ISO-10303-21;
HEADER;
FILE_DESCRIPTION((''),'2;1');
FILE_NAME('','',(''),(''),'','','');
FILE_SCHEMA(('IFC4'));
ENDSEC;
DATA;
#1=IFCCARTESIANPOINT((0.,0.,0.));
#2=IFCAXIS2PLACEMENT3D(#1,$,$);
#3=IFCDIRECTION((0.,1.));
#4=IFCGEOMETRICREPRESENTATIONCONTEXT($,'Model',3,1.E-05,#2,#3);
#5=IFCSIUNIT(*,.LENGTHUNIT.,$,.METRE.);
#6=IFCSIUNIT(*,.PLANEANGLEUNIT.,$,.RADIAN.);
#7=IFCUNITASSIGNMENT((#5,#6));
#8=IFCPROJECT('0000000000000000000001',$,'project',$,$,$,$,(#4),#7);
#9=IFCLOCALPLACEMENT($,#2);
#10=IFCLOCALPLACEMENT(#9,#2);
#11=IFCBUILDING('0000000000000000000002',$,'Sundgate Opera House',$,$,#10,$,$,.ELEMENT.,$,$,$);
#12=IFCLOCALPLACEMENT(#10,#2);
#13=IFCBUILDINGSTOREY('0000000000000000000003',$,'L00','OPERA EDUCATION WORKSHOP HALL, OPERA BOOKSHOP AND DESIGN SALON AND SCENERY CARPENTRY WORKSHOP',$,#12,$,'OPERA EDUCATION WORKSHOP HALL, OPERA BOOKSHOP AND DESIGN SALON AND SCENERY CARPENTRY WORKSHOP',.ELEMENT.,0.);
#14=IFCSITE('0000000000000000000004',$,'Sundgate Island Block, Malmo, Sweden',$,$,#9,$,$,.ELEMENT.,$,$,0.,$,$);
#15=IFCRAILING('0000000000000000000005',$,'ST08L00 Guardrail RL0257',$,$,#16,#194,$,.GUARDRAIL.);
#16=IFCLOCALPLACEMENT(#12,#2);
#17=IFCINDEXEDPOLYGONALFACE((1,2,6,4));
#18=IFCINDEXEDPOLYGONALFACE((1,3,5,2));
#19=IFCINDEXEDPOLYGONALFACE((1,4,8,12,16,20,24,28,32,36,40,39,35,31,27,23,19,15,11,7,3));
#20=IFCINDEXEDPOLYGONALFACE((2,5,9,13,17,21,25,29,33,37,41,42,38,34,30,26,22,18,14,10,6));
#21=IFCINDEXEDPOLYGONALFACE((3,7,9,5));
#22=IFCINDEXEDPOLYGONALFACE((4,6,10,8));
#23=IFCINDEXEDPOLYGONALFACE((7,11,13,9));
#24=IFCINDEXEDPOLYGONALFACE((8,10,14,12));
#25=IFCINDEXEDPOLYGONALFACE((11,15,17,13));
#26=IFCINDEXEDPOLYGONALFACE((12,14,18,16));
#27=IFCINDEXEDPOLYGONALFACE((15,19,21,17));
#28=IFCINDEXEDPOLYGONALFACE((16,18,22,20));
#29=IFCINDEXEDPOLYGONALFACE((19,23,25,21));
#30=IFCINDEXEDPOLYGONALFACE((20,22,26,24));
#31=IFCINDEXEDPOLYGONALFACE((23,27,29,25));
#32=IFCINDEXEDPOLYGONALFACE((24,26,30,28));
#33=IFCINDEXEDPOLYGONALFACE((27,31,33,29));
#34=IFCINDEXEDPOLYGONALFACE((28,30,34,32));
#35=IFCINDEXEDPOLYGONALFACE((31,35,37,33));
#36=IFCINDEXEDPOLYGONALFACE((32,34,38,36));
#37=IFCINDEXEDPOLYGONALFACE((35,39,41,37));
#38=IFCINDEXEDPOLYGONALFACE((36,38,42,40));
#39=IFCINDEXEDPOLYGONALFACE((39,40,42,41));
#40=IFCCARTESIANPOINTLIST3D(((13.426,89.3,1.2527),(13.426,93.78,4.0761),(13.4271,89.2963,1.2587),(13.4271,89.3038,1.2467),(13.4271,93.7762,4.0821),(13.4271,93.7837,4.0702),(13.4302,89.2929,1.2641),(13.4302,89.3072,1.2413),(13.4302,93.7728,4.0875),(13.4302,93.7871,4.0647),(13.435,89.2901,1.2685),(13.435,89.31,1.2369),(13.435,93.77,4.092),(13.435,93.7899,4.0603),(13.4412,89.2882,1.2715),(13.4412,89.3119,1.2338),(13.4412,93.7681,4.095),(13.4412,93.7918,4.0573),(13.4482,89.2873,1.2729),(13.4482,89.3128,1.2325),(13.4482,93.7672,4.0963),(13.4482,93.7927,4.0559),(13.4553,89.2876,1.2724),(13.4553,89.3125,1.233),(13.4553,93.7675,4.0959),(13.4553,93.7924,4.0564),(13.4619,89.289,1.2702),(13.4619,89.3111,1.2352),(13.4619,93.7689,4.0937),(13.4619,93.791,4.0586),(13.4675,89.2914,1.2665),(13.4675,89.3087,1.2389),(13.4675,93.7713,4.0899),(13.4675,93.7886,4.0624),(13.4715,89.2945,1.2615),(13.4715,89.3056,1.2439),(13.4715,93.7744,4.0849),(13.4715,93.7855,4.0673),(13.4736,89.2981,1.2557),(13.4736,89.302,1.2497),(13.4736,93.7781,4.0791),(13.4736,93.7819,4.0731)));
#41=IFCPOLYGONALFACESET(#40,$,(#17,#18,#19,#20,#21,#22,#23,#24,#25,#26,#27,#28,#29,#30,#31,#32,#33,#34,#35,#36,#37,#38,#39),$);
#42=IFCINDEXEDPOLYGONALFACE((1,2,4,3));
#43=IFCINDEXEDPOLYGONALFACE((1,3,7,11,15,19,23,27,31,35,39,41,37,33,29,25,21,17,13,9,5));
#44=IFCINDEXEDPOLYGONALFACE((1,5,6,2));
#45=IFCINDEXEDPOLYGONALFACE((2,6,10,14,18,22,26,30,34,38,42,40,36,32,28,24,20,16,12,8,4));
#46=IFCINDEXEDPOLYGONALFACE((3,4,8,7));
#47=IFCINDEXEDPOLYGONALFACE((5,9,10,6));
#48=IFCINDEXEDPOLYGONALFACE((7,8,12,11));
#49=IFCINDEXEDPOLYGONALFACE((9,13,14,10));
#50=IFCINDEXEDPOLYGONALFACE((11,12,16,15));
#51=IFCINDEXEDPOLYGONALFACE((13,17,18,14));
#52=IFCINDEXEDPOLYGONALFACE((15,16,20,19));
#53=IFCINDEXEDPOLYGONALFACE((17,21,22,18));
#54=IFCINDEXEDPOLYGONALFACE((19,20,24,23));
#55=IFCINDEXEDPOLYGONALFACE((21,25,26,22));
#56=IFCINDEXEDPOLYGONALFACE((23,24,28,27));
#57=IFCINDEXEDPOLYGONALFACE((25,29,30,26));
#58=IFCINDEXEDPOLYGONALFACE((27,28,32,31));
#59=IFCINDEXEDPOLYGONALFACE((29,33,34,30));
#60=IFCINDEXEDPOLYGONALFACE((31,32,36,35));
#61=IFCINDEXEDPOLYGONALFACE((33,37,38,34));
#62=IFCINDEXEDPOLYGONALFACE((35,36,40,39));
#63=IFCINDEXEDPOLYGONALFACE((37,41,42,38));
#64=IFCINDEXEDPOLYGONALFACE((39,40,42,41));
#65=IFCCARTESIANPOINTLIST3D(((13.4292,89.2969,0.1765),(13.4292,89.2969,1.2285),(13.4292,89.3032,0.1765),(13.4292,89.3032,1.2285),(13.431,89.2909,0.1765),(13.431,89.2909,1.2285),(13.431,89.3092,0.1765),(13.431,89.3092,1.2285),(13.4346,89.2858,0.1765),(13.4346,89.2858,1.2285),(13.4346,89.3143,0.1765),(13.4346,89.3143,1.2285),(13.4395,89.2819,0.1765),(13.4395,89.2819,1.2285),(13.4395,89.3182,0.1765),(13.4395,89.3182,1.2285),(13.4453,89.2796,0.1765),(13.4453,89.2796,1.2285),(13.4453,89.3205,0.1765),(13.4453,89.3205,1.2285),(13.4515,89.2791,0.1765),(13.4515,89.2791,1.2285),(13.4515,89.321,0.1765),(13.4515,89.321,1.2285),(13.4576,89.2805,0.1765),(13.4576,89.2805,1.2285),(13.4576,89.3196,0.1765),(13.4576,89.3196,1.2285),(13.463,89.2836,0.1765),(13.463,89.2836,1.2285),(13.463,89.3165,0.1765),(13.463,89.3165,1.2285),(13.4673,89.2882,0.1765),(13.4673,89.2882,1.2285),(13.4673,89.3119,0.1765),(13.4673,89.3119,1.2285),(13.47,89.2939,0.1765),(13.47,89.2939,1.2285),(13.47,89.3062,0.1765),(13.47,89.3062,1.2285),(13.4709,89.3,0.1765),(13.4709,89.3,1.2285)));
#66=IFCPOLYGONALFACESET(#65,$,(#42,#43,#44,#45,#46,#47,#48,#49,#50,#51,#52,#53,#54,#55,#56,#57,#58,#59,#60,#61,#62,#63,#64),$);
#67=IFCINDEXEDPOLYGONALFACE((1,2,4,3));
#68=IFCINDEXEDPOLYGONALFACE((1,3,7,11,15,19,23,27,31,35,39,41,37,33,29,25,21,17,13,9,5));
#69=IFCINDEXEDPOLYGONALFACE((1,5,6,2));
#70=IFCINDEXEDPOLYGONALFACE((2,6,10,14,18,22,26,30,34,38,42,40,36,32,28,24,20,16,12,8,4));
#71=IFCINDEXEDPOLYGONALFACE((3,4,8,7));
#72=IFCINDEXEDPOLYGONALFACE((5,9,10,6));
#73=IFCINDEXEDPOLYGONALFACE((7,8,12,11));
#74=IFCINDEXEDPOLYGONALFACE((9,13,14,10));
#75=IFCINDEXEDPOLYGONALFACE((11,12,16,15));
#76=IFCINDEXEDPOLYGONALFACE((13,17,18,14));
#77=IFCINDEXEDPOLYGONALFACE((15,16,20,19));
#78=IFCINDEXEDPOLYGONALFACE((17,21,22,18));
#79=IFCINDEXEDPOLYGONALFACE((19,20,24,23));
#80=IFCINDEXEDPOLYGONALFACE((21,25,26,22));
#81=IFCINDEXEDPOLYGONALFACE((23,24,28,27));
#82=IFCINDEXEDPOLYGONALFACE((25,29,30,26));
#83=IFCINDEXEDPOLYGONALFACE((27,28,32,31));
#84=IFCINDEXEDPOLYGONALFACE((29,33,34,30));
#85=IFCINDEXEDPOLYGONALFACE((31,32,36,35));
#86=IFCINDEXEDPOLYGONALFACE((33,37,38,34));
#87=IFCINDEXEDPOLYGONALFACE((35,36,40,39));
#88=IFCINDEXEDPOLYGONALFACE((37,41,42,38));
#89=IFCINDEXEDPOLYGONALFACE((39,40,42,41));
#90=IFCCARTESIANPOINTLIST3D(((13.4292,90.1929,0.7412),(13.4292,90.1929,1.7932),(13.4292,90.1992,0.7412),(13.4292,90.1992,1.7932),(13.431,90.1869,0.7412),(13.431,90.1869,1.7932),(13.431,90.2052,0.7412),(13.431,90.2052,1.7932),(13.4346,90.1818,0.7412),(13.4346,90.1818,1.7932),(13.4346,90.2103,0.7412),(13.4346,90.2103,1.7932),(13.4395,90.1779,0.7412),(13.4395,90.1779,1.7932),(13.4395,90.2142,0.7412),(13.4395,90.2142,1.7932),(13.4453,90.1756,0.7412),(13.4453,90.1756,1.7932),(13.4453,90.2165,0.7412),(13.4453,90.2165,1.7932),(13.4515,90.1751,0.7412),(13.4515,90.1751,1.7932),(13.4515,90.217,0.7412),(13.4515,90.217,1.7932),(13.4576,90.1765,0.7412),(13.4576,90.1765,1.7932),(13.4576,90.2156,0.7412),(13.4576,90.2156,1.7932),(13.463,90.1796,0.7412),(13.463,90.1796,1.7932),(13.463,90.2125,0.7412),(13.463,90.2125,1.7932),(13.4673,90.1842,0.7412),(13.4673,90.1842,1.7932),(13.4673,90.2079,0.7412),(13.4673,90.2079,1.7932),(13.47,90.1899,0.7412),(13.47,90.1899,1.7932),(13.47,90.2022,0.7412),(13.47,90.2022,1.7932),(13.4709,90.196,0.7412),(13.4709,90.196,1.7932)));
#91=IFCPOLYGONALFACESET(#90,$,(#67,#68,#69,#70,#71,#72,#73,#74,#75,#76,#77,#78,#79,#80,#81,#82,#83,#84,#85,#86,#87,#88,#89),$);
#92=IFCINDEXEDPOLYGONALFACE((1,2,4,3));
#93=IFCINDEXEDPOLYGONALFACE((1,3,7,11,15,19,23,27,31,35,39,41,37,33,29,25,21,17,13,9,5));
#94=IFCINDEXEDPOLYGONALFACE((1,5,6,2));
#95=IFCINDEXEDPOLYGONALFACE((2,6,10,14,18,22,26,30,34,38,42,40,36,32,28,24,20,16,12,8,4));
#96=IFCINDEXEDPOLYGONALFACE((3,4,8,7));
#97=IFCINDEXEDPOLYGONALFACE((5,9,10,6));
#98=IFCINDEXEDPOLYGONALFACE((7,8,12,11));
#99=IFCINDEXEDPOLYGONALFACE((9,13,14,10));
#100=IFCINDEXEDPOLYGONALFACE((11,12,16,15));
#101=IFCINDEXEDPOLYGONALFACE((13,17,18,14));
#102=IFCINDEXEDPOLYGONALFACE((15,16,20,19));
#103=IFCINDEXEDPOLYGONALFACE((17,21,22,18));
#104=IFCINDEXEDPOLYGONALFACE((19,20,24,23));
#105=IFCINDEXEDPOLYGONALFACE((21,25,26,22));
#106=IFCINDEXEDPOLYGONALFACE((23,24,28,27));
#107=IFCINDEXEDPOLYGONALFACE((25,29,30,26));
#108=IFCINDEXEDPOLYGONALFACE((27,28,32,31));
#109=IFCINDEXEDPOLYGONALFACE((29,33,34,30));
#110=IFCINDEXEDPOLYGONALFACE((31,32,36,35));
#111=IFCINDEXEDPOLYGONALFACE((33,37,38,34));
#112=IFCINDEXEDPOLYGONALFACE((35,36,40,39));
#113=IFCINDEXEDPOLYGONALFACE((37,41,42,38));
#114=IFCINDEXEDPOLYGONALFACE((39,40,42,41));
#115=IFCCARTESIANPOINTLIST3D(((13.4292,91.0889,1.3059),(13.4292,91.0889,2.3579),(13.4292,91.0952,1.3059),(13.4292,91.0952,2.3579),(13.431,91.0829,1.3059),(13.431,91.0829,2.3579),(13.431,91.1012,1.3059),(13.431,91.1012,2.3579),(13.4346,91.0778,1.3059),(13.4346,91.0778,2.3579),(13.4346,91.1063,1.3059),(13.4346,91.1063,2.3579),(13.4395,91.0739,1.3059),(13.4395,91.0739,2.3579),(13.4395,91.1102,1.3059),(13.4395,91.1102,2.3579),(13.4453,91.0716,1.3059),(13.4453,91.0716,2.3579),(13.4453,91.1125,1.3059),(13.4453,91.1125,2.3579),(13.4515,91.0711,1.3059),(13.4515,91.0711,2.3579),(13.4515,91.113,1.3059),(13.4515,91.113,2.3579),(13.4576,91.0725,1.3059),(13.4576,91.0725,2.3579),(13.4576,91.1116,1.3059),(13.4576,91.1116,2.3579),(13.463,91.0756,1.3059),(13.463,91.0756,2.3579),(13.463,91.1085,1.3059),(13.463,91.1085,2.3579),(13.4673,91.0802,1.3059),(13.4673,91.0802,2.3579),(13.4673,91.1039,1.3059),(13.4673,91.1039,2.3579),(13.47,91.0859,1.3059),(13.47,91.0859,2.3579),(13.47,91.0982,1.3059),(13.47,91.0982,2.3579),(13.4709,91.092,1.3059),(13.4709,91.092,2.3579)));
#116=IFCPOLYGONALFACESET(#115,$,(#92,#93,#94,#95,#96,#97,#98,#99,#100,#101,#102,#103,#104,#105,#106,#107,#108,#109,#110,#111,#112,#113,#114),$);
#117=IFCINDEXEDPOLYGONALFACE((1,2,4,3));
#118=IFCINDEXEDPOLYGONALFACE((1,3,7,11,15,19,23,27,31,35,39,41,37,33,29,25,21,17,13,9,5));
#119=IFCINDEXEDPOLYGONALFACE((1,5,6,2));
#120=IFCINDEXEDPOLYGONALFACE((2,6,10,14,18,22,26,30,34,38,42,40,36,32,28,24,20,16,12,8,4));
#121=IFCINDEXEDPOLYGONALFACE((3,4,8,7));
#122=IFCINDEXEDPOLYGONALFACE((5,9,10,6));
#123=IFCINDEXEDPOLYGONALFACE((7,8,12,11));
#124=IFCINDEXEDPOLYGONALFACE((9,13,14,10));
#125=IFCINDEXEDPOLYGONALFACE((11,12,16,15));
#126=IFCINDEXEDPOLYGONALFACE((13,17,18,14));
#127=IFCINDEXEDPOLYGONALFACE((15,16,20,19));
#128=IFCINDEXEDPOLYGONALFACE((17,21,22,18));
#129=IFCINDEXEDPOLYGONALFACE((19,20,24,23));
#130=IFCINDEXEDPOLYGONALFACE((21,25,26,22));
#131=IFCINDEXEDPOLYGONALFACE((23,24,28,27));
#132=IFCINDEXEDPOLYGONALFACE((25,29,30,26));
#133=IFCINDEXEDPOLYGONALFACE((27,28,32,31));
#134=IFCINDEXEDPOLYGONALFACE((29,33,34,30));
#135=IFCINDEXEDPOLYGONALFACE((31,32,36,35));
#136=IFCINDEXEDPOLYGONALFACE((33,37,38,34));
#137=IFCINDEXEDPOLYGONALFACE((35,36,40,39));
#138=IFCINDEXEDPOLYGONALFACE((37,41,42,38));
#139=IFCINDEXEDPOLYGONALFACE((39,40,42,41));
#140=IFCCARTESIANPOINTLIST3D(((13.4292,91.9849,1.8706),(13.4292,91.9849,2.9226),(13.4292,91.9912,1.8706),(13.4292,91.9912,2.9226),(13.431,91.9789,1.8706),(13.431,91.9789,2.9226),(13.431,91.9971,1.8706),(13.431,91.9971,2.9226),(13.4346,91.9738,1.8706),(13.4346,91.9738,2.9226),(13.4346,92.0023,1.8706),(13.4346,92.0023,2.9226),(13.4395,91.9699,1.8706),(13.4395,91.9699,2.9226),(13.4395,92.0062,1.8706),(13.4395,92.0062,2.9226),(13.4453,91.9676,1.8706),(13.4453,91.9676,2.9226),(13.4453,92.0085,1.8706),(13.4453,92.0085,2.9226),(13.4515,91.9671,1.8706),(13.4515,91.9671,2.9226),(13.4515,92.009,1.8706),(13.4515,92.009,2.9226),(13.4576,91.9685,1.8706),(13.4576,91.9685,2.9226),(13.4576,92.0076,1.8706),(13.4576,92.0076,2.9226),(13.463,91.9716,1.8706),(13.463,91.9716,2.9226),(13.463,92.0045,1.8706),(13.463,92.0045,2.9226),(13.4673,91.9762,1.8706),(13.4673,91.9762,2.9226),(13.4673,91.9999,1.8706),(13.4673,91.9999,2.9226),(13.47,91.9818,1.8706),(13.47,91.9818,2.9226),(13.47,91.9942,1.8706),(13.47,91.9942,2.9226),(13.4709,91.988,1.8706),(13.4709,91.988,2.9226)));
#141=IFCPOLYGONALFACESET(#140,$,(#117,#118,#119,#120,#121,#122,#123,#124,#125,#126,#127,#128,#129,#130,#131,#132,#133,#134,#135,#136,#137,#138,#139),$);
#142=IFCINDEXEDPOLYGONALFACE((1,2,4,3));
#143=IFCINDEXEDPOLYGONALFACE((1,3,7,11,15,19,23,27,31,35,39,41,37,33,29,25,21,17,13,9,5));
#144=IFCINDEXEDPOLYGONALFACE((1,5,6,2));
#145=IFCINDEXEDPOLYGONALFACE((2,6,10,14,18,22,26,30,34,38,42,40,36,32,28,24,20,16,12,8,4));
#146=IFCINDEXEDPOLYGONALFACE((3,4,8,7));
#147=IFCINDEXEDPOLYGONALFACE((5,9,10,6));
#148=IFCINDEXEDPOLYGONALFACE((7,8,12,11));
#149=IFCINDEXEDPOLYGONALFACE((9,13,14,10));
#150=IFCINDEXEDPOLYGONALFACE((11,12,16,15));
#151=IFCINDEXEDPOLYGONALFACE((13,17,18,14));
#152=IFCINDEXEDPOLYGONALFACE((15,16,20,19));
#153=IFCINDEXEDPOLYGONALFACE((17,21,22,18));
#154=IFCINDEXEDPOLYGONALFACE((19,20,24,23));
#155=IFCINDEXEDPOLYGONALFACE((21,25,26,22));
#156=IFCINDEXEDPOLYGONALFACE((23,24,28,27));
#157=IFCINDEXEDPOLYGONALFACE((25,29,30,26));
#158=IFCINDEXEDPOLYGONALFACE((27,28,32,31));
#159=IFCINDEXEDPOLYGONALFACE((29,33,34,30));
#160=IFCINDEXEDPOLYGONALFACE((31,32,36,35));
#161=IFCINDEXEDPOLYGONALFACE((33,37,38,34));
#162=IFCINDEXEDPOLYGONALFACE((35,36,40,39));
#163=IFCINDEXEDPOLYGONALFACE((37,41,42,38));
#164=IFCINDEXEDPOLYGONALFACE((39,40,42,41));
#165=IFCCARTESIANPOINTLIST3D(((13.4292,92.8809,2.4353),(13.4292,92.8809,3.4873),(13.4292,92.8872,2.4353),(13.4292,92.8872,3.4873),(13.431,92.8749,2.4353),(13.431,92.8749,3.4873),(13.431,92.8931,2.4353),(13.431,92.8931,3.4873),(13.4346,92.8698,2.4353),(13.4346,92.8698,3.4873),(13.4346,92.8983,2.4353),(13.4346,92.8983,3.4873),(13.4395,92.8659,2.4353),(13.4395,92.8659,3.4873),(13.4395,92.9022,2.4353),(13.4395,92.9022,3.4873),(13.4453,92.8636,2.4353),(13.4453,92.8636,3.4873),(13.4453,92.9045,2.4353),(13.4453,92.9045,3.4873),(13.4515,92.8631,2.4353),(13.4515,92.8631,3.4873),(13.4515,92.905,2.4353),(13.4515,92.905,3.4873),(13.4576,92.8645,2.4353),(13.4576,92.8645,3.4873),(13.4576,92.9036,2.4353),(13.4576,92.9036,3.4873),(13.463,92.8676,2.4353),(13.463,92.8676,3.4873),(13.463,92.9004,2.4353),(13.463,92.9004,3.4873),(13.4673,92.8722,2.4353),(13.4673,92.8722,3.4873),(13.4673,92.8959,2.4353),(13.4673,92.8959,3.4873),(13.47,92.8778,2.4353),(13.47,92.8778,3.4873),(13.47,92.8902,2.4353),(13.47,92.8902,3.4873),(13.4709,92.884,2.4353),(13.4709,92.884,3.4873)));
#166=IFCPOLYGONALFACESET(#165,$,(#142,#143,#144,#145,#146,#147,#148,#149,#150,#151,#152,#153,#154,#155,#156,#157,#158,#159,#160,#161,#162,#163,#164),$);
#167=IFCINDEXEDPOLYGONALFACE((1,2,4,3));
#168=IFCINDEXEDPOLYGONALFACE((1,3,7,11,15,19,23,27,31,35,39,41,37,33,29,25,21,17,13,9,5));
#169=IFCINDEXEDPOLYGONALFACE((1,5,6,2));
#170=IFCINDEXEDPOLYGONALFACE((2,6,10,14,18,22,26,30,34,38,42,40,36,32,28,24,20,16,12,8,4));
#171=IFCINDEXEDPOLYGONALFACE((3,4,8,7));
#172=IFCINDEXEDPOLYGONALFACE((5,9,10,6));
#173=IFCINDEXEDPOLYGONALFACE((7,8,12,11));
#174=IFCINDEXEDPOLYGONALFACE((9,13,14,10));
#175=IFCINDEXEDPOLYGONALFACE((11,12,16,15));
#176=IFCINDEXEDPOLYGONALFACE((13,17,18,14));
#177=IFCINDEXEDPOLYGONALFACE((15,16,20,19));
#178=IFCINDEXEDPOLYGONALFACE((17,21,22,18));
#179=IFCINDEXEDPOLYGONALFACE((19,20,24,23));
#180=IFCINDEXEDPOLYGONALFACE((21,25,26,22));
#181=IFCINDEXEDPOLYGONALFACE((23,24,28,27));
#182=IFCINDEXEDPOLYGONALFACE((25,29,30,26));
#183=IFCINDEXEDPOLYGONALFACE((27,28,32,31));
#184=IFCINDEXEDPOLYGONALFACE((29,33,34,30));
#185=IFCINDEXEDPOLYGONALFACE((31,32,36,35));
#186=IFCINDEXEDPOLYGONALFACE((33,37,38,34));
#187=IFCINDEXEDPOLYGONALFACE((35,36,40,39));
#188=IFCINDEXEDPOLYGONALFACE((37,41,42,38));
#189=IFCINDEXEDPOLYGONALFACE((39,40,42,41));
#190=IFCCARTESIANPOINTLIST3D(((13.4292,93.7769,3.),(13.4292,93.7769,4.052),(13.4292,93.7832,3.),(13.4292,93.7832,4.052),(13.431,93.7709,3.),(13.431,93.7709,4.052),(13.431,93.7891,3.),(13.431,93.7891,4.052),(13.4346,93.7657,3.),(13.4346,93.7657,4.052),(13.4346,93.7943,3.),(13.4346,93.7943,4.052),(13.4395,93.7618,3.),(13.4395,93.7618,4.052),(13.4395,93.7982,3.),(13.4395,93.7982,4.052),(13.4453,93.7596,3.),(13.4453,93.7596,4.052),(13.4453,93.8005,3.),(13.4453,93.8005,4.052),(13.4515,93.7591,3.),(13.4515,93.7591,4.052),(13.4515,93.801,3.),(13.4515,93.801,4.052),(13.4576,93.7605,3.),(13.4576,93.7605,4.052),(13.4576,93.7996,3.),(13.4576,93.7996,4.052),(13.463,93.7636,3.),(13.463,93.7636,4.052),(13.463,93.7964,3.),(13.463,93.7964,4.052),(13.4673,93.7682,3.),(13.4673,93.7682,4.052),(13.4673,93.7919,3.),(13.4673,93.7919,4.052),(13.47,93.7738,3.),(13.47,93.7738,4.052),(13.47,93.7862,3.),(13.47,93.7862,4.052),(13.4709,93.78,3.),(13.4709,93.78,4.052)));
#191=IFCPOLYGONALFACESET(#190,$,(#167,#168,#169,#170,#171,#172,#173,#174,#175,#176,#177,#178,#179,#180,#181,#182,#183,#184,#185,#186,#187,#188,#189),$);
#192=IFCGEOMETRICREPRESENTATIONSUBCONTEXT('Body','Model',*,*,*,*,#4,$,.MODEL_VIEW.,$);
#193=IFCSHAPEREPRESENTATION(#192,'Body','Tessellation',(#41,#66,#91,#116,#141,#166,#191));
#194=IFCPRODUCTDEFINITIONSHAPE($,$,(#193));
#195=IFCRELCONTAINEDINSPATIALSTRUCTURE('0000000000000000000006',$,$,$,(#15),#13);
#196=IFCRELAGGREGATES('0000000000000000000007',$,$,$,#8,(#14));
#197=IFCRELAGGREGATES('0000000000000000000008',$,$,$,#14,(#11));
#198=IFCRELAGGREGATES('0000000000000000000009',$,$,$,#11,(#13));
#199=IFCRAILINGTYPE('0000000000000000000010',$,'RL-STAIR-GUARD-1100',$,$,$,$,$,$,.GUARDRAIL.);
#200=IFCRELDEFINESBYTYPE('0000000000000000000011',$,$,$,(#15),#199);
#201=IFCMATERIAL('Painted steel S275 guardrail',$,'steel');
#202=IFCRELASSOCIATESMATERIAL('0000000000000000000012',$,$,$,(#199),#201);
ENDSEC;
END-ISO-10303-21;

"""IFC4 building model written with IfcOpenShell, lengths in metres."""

from ifc_helpers import new_model, si_unit, direction, frame, origin, origin_2d, place, context, subcontext, project, spatial, circle, extrude, material, type_object, element, save


model = new_model("IFC4")

# Units and contexts
model_context = context("Model", 3, precision=1e-05, world=origin(), true_north=direction((0.0, 1.0)))
body_context = subcontext(model_context, "Body", "Model", "MODEL_VIEW")
ifc_project = project(units=[si_unit("LENGTHUNIT", "METRE"), si_unit("PLANEANGLEUNIT", "RADIAN")], contexts=[model_context])

# Site, building, storey
site_placement = place(None, origin())
site = spatial("IfcSite", under=ifc_project, at=site_placement, Name="Sundgate Island Block, Malmo, Sweden", CompositionType="ELEMENT", RefElevation=0.0)
building_placement = place(site_placement, origin())
building = spatial("IfcBuilding", under=site, at=building_placement, Name="Sundgate Opera House", CompositionType="ELEMENT")
storey_placement = place(building_placement, origin())
storey = spatial("IfcBuildingStorey", under=building, at=storey_placement, Name="L00", Description="OPERA EDUCATION WORKSHOP HALL, OPERA BOOKSHOP AND DESIGN SALON AND SCENERY CARPENTRY WORKSHOP", LongName="OPERA EDUCATION WORKSHOP HALL, OPERA BOOKSHOP AND DESIGN SALON AND SCENERY CARPENTRY WORKSHOP", CompositionType="ELEMENT", Elevation=0.0)

# Railing
ifc_material_1 = material(Name="Painted steel S275 guardrail", Category="steel")
railing_type_1 = type_object("IfcRailingType", Name="RL-STAIR-GUARD-1100", PredefinedType="GUARDRAIL", material=ifc_material_1)
railing_1_placement = place(storey_placement, frame((13.45, 89.3, 0.1765)))
element("IfcRailing", 1, at=railing_1_placement, inside=storey, type_object=railing_type_1, Name="ST08L00 Guardrail RL0257", PredefinedType="GUARDRAIL", context=body_context, shape_type="SweptSolid", body=[
    extrude(circle(Radius=0.0239, at=origin_2d()), frame((0.0, 0.0, 1.0762), z_axis=(0.0, 0.845998, 0.533186), x_axis=(-1.0, 0.0, 0.0)), (0.0, 0.0, 1.0), 5.2954),
    extrude(circle(Radius=0.021, at=origin_2d()), origin(), (0.0, 0.0, 1.0), 1.052),
    extrude(circle(Radius=0.021, at=origin_2d()), frame((0.0, 0.896, 0.5647)), (0.0, 0.0, 1.0), 1.052),
    extrude(circle(Radius=0.021, at=origin_2d()), frame((0.0, 1.792, 1.1294)), (0.0, 0.0, 1.0), 1.052),
    extrude(circle(Radius=0.021, at=origin_2d()), frame((0.0, 2.688, 1.6941)), (0.0, 0.0, 1.0), 1.052),
    extrude(circle(Radius=0.021, at=origin_2d()), frame((0.0, 3.584, 2.2588)), (0.0, 0.0, 1.0), 1.052),
    extrude(circle(Radius=0.021, at=origin_2d()), frame((0.0, 4.48, 2.8235)), (0.0, 0.0, 1.0), 1.052),
])

save(model, "model.ifc")
